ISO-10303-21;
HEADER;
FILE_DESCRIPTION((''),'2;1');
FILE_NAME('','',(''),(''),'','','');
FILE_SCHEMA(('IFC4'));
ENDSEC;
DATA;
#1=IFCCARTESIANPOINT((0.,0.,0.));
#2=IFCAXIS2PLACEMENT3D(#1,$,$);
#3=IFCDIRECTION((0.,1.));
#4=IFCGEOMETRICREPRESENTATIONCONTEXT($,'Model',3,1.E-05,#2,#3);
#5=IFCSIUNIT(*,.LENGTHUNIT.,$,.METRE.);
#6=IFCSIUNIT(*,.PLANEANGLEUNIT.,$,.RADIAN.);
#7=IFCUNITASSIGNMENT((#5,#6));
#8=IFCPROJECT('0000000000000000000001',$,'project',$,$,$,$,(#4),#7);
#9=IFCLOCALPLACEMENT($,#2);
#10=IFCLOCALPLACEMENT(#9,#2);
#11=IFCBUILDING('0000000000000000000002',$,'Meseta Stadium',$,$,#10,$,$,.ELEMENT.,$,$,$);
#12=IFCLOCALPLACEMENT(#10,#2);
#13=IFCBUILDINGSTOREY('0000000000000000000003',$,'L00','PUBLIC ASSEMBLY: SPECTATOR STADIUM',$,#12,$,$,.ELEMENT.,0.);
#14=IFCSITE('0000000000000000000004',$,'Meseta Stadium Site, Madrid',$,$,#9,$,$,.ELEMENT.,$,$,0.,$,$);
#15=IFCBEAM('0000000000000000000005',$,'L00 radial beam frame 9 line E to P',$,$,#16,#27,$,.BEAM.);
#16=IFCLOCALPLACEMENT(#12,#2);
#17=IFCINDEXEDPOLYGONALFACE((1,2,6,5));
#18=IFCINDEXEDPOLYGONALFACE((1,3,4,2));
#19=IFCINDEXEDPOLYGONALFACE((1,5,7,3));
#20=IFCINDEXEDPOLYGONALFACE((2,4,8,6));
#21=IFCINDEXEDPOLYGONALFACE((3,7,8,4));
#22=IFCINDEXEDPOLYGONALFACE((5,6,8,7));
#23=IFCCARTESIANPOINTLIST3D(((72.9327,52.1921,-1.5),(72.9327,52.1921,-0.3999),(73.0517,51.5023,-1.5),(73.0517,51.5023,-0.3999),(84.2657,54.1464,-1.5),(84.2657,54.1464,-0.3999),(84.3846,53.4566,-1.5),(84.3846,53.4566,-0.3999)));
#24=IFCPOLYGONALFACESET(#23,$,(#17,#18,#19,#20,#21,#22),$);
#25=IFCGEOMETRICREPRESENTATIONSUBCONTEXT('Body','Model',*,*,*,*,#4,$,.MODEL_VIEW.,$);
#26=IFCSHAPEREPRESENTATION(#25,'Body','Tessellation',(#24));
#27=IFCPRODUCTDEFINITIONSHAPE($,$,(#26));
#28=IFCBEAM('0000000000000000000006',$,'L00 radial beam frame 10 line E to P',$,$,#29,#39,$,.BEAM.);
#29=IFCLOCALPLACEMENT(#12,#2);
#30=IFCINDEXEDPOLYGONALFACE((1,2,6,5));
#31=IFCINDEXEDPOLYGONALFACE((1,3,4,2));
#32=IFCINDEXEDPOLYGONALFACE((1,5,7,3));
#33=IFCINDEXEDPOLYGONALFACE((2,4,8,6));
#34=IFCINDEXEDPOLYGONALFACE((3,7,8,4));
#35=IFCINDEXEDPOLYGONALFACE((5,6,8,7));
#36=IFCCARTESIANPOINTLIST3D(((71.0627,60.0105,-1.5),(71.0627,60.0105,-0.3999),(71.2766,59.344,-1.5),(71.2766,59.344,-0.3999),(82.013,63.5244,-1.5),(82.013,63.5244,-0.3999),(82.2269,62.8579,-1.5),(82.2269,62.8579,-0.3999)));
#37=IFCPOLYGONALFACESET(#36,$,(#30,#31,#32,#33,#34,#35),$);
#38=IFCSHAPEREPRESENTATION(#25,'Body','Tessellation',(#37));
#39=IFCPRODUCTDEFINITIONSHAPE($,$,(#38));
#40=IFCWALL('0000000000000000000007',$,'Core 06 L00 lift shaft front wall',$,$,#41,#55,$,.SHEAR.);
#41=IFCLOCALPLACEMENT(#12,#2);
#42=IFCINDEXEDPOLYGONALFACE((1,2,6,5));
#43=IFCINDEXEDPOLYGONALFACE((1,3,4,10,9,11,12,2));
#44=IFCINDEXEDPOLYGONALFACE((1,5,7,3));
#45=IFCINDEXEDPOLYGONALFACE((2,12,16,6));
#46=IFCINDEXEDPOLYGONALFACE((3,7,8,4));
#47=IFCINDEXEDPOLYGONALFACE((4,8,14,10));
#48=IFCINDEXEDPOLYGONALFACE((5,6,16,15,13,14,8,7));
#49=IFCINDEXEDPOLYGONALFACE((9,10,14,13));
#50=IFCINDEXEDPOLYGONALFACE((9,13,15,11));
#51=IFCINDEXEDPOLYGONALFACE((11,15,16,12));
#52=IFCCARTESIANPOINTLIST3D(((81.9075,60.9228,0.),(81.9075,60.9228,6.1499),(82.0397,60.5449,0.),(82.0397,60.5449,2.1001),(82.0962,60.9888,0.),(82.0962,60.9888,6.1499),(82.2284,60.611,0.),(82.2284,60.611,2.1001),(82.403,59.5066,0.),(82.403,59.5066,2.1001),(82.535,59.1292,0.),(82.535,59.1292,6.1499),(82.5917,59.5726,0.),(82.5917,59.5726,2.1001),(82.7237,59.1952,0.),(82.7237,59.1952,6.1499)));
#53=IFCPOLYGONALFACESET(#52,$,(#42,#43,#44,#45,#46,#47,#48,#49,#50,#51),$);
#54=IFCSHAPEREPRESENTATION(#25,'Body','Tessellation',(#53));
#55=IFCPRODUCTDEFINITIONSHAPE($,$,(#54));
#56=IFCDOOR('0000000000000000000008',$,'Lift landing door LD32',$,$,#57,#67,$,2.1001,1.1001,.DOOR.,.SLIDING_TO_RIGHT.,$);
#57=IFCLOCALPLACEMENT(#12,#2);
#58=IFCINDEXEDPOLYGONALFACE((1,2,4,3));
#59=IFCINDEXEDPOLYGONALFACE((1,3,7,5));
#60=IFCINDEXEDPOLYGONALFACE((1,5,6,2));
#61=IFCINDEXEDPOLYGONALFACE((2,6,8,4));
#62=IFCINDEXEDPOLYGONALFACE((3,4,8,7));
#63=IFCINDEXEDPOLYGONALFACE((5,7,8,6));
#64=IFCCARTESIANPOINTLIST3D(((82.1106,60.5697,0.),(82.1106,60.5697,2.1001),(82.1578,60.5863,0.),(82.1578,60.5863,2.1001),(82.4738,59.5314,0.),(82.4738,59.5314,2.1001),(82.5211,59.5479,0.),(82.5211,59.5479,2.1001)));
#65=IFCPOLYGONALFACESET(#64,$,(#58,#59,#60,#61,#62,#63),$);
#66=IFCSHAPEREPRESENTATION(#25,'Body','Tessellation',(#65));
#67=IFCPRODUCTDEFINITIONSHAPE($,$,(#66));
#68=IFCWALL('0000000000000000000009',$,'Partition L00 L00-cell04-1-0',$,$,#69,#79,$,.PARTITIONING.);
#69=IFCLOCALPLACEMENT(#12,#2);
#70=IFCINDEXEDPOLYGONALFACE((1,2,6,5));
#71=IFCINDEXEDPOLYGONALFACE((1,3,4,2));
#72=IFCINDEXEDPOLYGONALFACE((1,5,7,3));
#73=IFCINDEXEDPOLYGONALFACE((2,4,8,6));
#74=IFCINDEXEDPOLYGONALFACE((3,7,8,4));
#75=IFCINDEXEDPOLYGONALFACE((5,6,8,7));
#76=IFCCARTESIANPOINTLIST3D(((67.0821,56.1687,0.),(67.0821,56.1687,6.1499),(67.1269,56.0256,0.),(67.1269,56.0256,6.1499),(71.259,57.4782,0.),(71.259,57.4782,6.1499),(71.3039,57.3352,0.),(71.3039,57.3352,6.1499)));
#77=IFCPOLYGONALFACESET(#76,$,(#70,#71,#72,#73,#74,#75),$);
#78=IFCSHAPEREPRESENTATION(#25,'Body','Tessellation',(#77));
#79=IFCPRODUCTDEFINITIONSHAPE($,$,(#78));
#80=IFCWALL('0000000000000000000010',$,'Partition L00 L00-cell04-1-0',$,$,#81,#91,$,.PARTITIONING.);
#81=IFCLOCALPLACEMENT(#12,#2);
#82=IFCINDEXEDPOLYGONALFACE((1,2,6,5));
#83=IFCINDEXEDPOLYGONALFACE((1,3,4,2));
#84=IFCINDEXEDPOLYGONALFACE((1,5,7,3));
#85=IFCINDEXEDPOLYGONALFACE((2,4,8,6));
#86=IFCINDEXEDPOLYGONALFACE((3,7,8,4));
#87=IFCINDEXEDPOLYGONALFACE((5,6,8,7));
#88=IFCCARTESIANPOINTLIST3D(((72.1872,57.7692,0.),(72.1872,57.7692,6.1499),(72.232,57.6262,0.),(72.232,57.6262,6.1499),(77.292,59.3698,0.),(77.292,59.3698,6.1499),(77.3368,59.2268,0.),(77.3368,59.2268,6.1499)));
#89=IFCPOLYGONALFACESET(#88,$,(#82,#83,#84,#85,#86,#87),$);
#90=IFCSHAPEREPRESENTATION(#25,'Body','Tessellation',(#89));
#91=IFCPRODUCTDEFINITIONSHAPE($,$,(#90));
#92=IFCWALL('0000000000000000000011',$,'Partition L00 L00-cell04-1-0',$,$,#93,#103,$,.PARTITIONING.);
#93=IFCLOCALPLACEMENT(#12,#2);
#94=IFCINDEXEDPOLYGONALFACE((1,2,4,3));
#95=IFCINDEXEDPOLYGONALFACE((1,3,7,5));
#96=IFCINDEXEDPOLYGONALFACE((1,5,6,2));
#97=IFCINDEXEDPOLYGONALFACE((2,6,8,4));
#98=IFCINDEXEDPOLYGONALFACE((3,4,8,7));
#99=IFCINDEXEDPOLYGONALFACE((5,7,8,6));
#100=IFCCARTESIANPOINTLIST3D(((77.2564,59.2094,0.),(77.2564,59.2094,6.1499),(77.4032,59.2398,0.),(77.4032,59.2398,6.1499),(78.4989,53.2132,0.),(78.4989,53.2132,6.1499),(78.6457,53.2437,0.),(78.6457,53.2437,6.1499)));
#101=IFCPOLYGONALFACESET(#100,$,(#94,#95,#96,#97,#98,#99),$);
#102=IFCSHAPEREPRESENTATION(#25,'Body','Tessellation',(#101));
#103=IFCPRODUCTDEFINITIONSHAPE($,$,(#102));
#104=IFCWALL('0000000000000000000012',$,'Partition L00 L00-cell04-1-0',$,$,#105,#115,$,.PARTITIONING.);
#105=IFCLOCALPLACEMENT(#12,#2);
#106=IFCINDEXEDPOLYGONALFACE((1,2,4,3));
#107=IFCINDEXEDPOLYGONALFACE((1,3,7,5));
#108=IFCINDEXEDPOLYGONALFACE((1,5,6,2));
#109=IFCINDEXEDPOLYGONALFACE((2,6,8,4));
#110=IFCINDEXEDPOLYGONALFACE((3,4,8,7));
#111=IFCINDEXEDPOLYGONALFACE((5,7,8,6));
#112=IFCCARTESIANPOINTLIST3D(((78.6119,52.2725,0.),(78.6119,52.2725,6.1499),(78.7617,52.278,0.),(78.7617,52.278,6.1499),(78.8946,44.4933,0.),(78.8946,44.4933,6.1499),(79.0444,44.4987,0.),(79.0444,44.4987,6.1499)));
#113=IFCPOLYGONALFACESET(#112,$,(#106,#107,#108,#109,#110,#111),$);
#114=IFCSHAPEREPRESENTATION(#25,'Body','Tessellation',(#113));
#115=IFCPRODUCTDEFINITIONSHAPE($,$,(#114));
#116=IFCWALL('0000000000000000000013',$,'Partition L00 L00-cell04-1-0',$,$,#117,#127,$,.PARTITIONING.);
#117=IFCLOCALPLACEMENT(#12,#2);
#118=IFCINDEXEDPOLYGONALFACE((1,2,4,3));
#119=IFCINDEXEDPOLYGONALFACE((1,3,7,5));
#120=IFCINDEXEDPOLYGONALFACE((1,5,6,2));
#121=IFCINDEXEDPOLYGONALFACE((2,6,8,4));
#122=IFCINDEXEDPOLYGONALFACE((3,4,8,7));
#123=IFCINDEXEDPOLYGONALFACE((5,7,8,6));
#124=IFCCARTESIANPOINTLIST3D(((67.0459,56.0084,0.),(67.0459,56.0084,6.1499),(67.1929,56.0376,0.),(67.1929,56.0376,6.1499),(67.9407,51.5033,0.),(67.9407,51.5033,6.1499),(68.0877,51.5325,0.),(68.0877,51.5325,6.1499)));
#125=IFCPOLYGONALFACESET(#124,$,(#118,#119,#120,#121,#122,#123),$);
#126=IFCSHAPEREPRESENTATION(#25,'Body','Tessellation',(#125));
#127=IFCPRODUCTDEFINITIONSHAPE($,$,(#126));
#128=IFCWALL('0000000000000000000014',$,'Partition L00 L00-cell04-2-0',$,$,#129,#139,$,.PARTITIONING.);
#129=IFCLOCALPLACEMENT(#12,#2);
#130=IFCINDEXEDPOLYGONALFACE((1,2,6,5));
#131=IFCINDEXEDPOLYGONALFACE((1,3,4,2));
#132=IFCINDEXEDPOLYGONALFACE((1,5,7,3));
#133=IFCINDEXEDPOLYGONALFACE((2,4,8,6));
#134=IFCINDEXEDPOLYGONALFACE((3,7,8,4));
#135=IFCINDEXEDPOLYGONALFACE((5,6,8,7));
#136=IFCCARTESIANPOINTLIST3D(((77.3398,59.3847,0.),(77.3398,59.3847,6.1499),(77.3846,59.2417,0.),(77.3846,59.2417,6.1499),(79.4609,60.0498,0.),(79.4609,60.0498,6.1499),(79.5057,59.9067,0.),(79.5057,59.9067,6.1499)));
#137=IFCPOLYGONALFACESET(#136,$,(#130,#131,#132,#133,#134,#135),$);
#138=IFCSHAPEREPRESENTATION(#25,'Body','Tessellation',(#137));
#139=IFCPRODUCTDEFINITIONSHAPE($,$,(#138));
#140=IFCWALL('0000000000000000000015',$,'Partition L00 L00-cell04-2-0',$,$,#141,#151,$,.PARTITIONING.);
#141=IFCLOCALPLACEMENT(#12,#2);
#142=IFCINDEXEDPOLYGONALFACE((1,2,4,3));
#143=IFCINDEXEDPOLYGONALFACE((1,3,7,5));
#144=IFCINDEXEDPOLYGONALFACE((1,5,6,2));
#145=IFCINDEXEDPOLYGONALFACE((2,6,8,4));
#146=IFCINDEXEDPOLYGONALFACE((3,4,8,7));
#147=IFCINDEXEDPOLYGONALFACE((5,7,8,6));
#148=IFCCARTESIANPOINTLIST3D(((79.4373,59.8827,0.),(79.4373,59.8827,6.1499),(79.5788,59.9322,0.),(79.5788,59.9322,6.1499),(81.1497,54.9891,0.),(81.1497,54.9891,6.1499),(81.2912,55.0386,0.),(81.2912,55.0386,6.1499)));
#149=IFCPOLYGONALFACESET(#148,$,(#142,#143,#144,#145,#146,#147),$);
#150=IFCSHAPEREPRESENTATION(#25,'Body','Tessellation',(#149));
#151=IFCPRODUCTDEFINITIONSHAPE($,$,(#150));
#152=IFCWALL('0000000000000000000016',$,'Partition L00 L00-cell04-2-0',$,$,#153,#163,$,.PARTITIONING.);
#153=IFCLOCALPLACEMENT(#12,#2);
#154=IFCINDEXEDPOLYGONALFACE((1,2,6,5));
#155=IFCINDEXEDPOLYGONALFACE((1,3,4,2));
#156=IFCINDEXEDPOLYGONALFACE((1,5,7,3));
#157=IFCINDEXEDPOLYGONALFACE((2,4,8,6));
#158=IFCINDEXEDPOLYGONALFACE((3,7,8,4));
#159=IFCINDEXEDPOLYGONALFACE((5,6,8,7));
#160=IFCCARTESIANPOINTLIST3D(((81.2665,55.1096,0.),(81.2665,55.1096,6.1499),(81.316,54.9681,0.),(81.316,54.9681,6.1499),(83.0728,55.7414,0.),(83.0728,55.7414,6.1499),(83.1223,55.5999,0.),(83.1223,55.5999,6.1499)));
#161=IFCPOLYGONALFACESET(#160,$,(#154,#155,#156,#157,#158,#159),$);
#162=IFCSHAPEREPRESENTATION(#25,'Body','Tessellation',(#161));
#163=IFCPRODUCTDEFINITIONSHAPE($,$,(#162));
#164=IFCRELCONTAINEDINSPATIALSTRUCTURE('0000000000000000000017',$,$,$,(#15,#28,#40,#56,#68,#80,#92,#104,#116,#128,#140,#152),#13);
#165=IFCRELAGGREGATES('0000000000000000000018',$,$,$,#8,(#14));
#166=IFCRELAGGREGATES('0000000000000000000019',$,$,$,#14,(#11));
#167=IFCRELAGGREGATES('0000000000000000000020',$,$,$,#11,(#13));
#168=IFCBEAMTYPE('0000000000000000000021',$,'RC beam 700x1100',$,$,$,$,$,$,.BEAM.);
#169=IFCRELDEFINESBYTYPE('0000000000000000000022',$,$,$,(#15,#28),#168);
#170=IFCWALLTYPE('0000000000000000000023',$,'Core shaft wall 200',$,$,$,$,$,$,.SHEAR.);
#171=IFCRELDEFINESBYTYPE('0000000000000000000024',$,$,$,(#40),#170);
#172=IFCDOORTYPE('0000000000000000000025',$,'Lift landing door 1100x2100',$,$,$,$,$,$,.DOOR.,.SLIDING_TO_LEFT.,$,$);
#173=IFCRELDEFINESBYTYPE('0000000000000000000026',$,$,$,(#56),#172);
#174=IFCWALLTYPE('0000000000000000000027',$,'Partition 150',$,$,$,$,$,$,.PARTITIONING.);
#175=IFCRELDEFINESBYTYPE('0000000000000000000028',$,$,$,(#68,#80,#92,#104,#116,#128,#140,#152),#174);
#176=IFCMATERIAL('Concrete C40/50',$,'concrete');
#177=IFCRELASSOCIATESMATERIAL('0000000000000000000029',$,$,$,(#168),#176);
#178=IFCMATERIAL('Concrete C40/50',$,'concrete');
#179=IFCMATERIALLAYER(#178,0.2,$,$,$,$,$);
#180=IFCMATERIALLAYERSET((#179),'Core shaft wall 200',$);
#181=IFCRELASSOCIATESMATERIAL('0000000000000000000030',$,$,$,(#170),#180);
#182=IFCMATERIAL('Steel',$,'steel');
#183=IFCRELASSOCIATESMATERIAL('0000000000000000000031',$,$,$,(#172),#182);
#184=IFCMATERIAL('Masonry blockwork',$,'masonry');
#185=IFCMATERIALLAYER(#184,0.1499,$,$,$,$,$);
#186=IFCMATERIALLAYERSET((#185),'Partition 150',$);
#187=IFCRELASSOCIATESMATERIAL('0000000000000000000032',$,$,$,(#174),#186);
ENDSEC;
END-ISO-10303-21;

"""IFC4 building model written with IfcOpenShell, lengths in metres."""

from ifc_helpers import new_model, si_unit, direction, frame, frame_2d, origin, origin_2d, place, context, subcontext, project, spatial, rectangle, extrude, material, layer, layer_set, material_profile, profile_set, type_object, element, fill, save


model = new_model("IFC4")

# Units and contexts
model_context = context("Model", 3, precision=1e-05, world=origin(), true_north=direction((0.0, 1.0)))
body_context = subcontext(model_context, "Body", "Model", "MODEL_VIEW")
ifc_project = project(units=[si_unit("LENGTHUNIT", "METRE"), si_unit("PLANEANGLEUNIT", "RADIAN")], contexts=[model_context])

# Site, building, storey
site_placement = place(None, origin())
site = spatial("IfcSite", under=ifc_project, at=site_placement, Name="Meseta Stadium Site, Madrid", CompositionType="ELEMENT", RefElevation=0.0)
building_placement = place(site_placement, origin())
building = spatial("IfcBuilding", under=site, at=building_placement, Name="Meseta Stadium", CompositionType="ELEMENT")
storey_placement = place(building_placement, origin())
storey = spatial("IfcBuildingStorey", under=building, at=storey_placement, Name="L00", Description="PUBLIC ASSEMBLY: SPECTATOR STADIUM", CompositionType="ELEMENT", Elevation=0.0)

# Beams
ifc_material_1 = material(Name="Concrete C40/50", Category="concrete")
ifc_material_profile_1 = material_profile(ifc_material_1, rectangle(XDim=0.7, YDim=1.1001, at=origin_2d()), Name="RC 700x1100")
ifc_profile_set_1 = profile_set([ifc_material_profile_1], Name="Concrete C40/50")
beam_type_1 = type_object("IfcBeamType", Name="RC beam 700x1100", PredefinedType="BEAM", material=ifc_profile_set_1)
for number, where, z_axis, x_axis, name in (
    (1, (72.9922, 51.8472, -0.95), (0.985455, 0.169939, 0.0), (-0.169939, 0.985455, 0.0), "L00 radial beam frame 9 line E to P"),
    (2, (71.1697, 59.6772, -0.95), (0.952175, 0.305553, 0.0), (-0.305553, 0.952175, 0.0), "L00 radial beam frame 10 line E to P"),
):
    element("IfcBeam", number, at=place(storey_placement, frame(where, z_axis=z_axis, x_axis=x_axis)), inside=storey, type_object=beam_type_1, Name=name, PredefinedType="BEAM", context=body_context, shape_type="SweptSolid", body=[
        extrude(rectangle(XDim=0.7, YDim=1.1001, at=origin_2d()), origin(), (0.0, 0.0, 1.0), 11.5002),
    ])

# Wall, opening, door
ifc_material_2 = material(Name="Concrete C40/50", Category="concrete")
ifc_layer_1 = layer(ifc_material_2, 0.2)
ifc_layer_set_1 = layer_set([ifc_layer_1], Name="Core shaft wall 200")
wall_type_1 = type_object("IfcWallType", Name="Core shaft wall 200", PredefinedType="SHEAR", material=ifc_layer_set_1)
wall_1_placement = place(storey_placement, frame((82.6294, 59.1621, 0.0), z_axis=(0.0, 0.0, 1.0), x_axis=(-0.330225, 0.943902, 0.0)))
wall_1 = element("IfcWall", 3, at=wall_1_placement, inside=storey, type_object=wall_type_1, Name="Core 06 L00 lift shaft front wall", PredefinedType="SHEAR", context=body_context, shape_type="SweptSolid", body=[
    extrude(rectangle(XDim=1.9001, YDim=0.2, at=frame_2d((0.9502, 0.0))), origin(), (0.0, 0.0, 1.0), 6.1499),
])
opening_1_placement = place(wall_1_placement, frame((0.3999, 0.0, 0.0)))
opening_1 = element("IfcOpeningElement", 4, at=opening_1_placement, cuts=wall_1, PredefinedType="OPENING", context=body_context, shape_type="SweptSolid", body=[
    extrude(rectangle(XDim=1.1001, YDim=2.1001, at=frame_2d((0.55, 1.05))), frame((0.0, 0.1099, 0.0), z_axis=(0.0, -1.0, 0.0), x_axis=(1.0, 0.0, 0.0)), (0.0, 0.0, 1.0), 0.22),
])
ifc_material_3 = material(Name="Steel", Category="steel")
door_type_1 = type_object("IfcDoorType", Name="Lift landing door 1100x2100", OperationType="SLIDING_TO_LEFT", PredefinedType="DOOR", material=ifc_material_3)
door_1_placement = place(opening_1_placement, origin())
door_1 = element("IfcDoor", 5, at=door_1_placement, inside=storey, type_object=door_type_1, Name="Lift landing door LD32", OperationType="SLIDING_TO_RIGHT", OverallHeight=2.1001, OverallWidth=1.1001, PredefinedType="DOOR", context=body_context, shape_type="SweptSolid", body=[
    extrude(rectangle(XDim=1.1001, YDim=2.1001, at=frame_2d((0.55, 1.05))), frame((0.0, 0.0249, 0.0), z_axis=(0.0, -1.0, 0.0), x_axis=(1.0, 0.0, 0.0)), (0.0, 0.0, 1.0), 0.05),
])
fill(opening_1, door_1)

# Walls
ifc_material_4 = material(Name="Masonry blockwork", Category="masonry")
ifc_layer_2 = layer(ifc_material_4, 0.1499)
ifc_layer_set_2 = layer_set([ifc_layer_2], Name="Partition 150")
wall_type_2 = type_object("IfcWallType", Name="Partition 150", PredefinedType="PARTITIONING", material=ifc_layer_set_2)
wall_2_placement = place(storey_placement, frame((67.1045, 56.0972, 0.0), z_axis=(0.0, 0.0, 1.0), x_axis=(0.954203, 0.299161, 0.0)))
element("IfcWall", 6, at=wall_2_placement, inside=storey, type_object=wall_type_2, Name="Partition L00 L00-cell04-1-0", PredefinedType="PARTITIONING", context=body_context, shape_type="SweptSolid", body=[
    extrude(rectangle(XDim=4.3774, YDim=0.1499, at=frame_2d((2.1887, 0.0))), origin(), (0.0, 0.0, 1.0), 6.1499),
])
wall_3_placement = place(storey_placement, frame((72.2097, 57.6978, 0.0), z_axis=(0.0, 0.0, 1.0), x_axis=(0.954195, 0.299187, 0.0)))
element("IfcWall", 7, at=wall_3_placement, inside=storey, type_object=wall_type_2, Name="Partition L00 L00-cell04-1-0", PredefinedType="PARTITIONING", context=body_context, shape_type="SweptSolid", body=[
    extrude(rectangle(XDim=5.3499, YDim=0.1499, at=frame_2d((2.6748, 0.0))), origin(), (0.0, 0.0, 1.0), 6.1499),
])
wall_4_placement = place(storey_placement, frame((77.3298, 59.2246, 0.0), z_axis=(0.0, 0.0, 1.0), x_axis=(0.202897, -0.9792, 0.0)))
element("IfcWall", 8, at=wall_4_placement, inside=storey, type_object=wall_type_2, Name="Partition L00 L00-cell04-1-0", PredefinedType="PARTITIONING", context=body_context, shape_type="SweptSolid", body=[
    extrude(rectangle(XDim=6.1235, YDim=0.1499, at=frame_2d((3.0618, 0.0))), origin(), (0.0, 0.0, 1.0), 6.1499),
])
wall_5_placement = place(storey_placement, frame((78.6868, 52.2751, 0.0), z_axis=(0.0, 0.0, 1.0), x_axis=(0.036318, -0.99934, 0.0)))
element("IfcWall", 9, at=wall_5_placement, inside=storey, type_object=wall_type_2, Name="Partition L00 L00-cell04-1-0", PredefinedType="PARTITIONING", context=body_context, shape_type="SweptSolid", body=[
    extrude(rectangle(XDim=7.7844, YDim=0.1499, at=frame_2d((3.8921, 0.0))), origin(), (0.0, 0.0, 1.0), 6.1499),
])
wall_6_placement = place(storey_placement, frame((68.0142, 51.5181, 0.0), z_axis=(0.0, 0.0, 1.0), x_axis=(-0.194808, 0.980841, 0.0)))
element("IfcWall", 10, at=wall_6_placement, inside=storey, type_object=wall_type_2, Name="Partition L00 L00-cell04-1-0", PredefinedType="PARTITIONING", context=body_context, shape_type="SweptSolid", body=[
    extrude(rectangle(XDim=4.593, YDim=0.1499, at=frame_2d((2.2964, 0.0))), origin(), (0.0, 0.0, 1.0), 6.1499),
])
wall_7_placement = place(storey_placement, frame((77.3623, 59.3132, 0.0), z_axis=(0.0, 0.0, 1.0), x_axis=(0.954198, 0.299175, 0.0)))
element("IfcWall", 11, at=wall_7_placement, inside=storey, type_object=wall_type_2, Name="Partition L00 L00-cell04-2-0", PredefinedType="PARTITIONING", context=body_context, shape_type="SweptSolid", body=[
    extrude(rectangle(XDim=2.2229, YDim=0.1499, at=frame_2d((1.1113, 0.0))), origin(), (0.0, 0.0, 1.0), 6.1499),
])
wall_8_placement = place(storey_placement, frame((79.5081, 59.9075, 0.0), z_axis=(0.0, 0.0, 1.0), x_axis=(0.330292, -0.943879, 0.0)))
element("IfcWall", 12, at=wall_8_placement, inside=storey, type_object=wall_type_2, Name="Partition L00 L00-cell04-2-0", PredefinedType="PARTITIONING", context=body_context, shape_type="SweptSolid", body=[
    extrude(rectangle(XDim=5.1846, YDim=0.1499, at=frame_2d((2.5923, 0.0))), origin(), (0.0, 0.0, 1.0), 6.1499),
])
wall_9_placement = place(storey_placement, frame((81.2913, 55.0388, 0.0), z_axis=(0.0, 0.0, 1.0), x_axis=(0.94391, 0.330203, 0.0)))
element("IfcWall", 13, at=wall_9_placement, inside=storey, type_object=wall_type_2, Name="Partition L00 L00-cell04-2-0", PredefinedType="PARTITIONING", context=body_context, shape_type="SweptSolid", body=[
    extrude(rectangle(XDim=1.9136, YDim=0.1499, at=frame_2d((0.9568, 0.0))), origin(), (0.0, 0.0, 1.0), 6.1499),
])

save(model, "model.ifc")
